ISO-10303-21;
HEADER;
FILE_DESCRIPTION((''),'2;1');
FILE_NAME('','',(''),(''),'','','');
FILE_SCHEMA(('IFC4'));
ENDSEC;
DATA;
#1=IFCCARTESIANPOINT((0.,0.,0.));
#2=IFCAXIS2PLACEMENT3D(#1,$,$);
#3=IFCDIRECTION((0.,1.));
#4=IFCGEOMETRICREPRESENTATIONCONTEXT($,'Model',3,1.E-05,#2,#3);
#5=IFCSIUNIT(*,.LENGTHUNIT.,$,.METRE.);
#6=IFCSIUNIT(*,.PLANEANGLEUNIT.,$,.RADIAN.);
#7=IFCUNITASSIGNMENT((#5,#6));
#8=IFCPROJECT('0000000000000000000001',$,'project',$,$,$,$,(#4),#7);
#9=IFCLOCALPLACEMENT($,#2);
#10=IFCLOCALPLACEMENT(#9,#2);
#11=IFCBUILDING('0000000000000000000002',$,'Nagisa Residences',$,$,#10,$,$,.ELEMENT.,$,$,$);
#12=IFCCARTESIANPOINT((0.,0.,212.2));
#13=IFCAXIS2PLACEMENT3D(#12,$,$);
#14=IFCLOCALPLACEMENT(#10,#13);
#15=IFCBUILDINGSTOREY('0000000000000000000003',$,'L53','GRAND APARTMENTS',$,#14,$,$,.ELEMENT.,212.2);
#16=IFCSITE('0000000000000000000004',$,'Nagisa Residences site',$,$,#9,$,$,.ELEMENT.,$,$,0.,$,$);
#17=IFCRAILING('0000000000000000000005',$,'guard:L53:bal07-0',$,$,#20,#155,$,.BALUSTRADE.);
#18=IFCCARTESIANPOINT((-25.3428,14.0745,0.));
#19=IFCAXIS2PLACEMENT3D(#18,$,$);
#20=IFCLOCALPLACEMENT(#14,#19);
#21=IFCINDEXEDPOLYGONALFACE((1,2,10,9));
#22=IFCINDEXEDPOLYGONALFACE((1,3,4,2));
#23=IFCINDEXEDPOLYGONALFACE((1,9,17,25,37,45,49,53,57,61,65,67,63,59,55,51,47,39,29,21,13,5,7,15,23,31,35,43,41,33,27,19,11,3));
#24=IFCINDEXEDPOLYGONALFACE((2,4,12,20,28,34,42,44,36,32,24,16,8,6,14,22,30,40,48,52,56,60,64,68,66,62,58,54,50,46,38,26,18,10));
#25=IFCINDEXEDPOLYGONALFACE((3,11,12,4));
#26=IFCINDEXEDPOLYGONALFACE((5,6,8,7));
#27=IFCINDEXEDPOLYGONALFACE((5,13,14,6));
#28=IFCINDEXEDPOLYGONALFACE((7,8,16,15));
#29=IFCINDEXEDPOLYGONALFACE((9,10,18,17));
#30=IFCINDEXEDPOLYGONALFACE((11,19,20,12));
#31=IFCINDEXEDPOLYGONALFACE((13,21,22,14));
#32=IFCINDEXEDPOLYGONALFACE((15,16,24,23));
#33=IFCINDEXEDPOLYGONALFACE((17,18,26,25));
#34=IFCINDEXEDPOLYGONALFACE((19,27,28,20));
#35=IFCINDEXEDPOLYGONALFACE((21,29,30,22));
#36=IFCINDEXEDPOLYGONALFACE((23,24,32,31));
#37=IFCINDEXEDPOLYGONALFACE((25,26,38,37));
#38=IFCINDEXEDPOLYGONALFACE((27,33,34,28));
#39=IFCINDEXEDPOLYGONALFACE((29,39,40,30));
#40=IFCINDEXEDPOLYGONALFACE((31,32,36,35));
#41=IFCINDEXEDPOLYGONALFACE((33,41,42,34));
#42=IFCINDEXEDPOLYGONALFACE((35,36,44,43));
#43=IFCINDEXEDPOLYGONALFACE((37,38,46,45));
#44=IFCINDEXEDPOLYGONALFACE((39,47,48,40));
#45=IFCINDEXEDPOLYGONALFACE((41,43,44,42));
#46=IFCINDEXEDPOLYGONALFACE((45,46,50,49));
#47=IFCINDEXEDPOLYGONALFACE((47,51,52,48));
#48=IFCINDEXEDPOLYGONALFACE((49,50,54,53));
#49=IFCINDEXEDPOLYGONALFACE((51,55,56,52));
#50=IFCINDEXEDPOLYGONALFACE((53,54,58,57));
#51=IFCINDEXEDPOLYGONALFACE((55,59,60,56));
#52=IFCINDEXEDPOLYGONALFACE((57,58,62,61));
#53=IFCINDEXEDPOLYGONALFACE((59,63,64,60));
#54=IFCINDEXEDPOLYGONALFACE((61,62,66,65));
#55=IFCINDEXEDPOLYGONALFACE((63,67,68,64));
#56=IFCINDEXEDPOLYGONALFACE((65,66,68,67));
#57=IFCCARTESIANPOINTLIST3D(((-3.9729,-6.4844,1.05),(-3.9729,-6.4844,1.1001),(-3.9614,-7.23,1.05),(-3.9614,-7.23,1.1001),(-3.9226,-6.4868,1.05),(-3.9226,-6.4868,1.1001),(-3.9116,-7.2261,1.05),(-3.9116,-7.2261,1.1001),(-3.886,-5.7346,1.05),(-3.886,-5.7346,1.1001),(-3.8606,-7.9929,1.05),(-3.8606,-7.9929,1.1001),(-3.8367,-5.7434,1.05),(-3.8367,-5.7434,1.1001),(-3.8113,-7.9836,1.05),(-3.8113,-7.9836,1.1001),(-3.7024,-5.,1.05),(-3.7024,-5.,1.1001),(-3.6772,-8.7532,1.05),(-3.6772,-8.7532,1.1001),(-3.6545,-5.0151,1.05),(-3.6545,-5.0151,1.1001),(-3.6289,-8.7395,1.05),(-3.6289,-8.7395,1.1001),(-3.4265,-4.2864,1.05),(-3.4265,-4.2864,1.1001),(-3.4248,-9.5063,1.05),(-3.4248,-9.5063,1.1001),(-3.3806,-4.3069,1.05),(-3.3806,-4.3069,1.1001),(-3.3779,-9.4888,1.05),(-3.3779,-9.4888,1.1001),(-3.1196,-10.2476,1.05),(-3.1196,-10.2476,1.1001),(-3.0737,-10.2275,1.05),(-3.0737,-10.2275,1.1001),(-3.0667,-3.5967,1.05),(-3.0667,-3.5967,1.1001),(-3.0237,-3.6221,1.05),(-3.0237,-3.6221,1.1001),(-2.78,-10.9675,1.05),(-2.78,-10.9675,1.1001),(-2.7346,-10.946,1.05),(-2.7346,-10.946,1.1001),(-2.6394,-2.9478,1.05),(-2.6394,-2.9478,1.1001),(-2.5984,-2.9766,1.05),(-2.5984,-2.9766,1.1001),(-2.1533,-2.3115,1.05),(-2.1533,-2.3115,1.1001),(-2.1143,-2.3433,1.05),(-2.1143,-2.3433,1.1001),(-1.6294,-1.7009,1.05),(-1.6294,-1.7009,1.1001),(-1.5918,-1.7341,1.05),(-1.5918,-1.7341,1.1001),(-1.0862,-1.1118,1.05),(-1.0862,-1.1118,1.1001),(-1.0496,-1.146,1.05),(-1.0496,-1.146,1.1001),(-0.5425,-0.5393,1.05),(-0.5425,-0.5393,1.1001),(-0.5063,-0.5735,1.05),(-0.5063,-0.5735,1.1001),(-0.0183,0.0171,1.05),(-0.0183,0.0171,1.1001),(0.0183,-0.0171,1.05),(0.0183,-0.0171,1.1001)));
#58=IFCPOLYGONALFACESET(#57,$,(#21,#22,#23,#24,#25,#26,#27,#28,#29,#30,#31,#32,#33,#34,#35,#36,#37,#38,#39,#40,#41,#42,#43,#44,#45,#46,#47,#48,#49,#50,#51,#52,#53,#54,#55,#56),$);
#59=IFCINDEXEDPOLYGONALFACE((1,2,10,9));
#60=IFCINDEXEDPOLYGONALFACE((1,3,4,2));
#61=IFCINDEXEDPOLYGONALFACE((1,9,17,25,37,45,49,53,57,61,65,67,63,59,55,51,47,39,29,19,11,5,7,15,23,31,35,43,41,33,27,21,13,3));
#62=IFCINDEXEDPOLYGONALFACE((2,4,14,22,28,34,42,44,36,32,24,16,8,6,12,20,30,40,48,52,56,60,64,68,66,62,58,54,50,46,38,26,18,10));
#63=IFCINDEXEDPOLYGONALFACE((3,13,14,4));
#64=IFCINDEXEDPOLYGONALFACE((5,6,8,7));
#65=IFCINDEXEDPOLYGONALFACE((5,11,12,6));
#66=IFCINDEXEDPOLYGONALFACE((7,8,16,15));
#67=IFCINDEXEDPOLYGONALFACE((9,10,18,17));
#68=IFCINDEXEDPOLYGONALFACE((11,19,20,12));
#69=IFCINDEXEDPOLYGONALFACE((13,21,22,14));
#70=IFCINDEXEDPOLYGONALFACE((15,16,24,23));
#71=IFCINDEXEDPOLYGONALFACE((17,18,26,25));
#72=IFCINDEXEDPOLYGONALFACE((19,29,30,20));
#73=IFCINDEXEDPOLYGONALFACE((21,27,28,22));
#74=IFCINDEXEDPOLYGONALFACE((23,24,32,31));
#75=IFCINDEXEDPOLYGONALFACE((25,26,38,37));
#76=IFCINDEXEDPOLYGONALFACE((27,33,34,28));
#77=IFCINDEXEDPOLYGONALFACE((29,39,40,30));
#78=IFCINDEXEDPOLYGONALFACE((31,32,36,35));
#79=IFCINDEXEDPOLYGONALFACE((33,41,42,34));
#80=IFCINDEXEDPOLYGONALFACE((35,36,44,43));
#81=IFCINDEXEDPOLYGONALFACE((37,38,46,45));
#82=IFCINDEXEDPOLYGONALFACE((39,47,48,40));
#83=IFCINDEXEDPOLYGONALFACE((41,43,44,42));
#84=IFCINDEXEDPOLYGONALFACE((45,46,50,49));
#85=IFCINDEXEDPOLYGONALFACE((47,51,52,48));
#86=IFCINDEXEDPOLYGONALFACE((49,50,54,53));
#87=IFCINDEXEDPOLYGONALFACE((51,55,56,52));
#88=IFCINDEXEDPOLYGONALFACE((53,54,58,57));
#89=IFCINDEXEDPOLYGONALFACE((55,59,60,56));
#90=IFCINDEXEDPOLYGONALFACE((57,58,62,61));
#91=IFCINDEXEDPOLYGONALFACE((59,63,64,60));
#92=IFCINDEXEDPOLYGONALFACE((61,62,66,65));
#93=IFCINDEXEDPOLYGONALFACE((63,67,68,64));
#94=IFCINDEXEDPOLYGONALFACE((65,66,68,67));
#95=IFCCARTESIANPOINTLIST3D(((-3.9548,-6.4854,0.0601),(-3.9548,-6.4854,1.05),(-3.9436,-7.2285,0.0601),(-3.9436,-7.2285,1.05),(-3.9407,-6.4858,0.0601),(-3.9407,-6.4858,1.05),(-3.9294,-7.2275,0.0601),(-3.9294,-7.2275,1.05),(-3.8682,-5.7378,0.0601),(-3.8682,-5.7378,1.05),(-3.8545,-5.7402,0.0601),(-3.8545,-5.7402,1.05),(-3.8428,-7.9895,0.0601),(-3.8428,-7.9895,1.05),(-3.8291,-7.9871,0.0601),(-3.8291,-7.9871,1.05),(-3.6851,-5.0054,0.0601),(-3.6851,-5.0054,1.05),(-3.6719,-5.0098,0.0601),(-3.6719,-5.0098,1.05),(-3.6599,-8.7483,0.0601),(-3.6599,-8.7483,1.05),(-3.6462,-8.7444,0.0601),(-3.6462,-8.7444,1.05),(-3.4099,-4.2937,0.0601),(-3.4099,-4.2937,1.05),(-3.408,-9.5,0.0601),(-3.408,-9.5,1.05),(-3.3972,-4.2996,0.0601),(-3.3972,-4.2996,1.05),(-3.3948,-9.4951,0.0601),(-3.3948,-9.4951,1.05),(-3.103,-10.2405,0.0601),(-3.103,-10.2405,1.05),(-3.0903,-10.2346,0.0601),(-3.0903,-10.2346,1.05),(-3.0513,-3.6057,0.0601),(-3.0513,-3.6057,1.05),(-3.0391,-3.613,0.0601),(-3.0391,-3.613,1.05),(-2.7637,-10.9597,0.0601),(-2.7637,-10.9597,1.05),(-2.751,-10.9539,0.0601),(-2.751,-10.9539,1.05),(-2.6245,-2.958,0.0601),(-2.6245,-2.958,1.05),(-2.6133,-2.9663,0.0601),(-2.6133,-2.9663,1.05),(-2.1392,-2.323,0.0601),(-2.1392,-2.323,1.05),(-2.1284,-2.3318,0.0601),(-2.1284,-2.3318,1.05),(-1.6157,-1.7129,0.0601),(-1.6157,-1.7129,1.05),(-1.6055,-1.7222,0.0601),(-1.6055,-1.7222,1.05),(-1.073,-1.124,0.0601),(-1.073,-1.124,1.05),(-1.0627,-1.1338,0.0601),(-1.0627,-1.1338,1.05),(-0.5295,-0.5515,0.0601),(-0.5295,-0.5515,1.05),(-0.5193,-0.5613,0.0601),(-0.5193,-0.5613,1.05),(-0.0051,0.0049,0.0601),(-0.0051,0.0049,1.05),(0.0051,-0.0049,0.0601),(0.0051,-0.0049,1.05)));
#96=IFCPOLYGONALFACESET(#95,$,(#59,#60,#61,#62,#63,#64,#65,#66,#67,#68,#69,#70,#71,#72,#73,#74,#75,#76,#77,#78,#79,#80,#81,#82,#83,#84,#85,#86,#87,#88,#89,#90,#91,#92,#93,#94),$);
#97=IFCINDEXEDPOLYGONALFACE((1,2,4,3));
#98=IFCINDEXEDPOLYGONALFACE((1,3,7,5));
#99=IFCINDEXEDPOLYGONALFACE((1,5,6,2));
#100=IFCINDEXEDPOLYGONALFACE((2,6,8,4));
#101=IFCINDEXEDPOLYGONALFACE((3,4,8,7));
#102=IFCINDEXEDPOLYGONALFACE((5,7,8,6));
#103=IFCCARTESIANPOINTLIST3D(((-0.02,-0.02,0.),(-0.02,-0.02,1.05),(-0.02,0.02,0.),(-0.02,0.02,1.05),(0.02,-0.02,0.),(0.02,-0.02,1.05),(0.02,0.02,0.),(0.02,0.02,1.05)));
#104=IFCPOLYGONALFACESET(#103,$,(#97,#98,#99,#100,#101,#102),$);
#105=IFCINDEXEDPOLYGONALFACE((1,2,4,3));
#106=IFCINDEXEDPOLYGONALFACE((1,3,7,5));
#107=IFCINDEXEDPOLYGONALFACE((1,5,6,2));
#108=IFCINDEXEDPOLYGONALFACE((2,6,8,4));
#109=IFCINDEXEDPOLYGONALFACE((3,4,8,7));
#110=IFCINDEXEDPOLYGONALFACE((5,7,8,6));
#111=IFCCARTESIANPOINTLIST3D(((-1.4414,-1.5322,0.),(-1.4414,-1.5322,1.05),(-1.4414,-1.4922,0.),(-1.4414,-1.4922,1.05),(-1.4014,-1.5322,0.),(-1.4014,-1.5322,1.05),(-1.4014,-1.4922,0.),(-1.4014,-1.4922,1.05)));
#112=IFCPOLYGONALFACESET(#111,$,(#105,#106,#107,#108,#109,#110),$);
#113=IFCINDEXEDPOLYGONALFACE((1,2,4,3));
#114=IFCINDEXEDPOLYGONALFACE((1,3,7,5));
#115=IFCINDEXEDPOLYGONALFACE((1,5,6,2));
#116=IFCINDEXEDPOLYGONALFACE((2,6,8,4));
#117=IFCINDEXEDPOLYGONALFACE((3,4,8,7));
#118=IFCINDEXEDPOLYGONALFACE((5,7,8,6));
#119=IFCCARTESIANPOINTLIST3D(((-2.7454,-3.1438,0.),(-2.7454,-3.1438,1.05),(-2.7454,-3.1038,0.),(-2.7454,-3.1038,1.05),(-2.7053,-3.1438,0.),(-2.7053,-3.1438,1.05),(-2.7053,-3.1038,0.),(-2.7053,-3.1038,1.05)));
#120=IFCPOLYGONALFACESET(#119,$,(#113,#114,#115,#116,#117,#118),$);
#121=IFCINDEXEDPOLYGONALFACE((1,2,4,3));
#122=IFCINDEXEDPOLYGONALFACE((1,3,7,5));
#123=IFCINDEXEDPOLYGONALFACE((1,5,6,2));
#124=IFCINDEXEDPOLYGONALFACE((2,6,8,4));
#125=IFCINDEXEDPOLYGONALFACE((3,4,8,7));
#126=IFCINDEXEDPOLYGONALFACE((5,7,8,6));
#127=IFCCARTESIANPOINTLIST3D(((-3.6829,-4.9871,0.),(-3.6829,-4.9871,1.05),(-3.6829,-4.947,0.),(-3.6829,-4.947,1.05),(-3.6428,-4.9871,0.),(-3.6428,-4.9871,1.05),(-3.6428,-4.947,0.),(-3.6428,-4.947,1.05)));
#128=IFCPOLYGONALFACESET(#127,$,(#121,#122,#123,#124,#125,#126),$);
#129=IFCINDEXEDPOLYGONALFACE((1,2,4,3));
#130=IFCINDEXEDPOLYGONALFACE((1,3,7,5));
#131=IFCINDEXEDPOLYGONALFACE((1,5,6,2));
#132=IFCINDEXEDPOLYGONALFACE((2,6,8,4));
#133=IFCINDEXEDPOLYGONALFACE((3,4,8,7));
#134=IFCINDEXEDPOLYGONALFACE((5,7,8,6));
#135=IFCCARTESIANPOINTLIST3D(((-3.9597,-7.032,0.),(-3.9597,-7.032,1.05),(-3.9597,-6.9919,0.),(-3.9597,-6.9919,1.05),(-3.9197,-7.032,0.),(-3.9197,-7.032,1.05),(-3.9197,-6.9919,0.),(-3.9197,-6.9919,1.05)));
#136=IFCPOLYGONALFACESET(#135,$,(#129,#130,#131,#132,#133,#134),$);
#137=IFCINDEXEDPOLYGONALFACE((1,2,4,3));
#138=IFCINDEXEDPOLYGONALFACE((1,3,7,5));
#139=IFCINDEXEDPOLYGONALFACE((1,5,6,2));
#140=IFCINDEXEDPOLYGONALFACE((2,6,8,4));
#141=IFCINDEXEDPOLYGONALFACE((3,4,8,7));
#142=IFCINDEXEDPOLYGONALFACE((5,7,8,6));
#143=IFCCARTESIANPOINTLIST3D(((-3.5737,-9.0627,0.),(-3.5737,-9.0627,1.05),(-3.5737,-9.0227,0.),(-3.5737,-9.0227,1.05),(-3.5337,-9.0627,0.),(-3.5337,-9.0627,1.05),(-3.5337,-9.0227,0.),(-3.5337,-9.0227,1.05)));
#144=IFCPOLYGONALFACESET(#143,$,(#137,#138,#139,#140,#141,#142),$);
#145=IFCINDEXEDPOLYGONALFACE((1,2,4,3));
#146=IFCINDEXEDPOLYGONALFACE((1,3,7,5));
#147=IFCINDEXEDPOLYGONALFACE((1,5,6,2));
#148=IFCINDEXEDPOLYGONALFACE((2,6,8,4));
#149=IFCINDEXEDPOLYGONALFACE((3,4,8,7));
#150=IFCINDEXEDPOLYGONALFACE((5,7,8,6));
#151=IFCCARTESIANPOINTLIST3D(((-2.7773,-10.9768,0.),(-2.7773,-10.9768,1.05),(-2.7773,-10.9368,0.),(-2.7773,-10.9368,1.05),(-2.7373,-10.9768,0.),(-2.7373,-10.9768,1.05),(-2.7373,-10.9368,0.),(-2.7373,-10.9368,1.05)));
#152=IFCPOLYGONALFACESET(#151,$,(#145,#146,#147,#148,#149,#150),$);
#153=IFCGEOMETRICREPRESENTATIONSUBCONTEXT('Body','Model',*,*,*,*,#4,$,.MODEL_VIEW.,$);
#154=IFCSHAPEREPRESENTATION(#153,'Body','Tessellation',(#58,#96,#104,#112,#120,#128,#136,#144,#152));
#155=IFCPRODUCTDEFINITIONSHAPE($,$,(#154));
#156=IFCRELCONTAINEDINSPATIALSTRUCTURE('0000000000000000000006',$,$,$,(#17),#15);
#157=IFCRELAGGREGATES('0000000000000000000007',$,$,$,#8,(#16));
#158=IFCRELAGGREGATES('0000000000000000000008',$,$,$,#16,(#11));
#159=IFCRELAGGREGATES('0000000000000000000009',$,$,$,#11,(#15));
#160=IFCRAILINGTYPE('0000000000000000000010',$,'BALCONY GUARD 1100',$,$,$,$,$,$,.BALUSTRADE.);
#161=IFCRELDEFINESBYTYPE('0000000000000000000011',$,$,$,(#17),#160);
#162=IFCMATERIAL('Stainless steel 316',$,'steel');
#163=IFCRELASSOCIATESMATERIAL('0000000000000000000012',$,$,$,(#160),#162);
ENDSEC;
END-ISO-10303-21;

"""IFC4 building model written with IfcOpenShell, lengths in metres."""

from ifc_helpers import new_model, si_unit, direction, frame, origin, origin_2d, place, context, subcontext, project, spatial, polyline, rectangle, outline, extrude, material, type_object, element, save


model = new_model("IFC4")

# Units and contexts
model_context = context("Model", 3, precision=1e-05, world=origin(), true_north=direction((0.0, 1.0)))
body_context = subcontext(model_context, "Body", "Model", "MODEL_VIEW")
ifc_project = project(units=[si_unit("LENGTHUNIT", "METRE"), si_unit("PLANEANGLEUNIT", "RADIAN")], contexts=[model_context])

# Site, building, storey
site_placement = place(None, origin())
site = spatial("IfcSite", under=ifc_project, at=site_placement, Name="Nagisa Residences site", CompositionType="ELEMENT", RefElevation=0.0)
building_placement = place(site_placement, origin())
building = spatial("IfcBuilding", under=site, at=building_placement, Name="Nagisa Residences", CompositionType="ELEMENT")
storey_placement = place(building_placement, frame((0.0, 0.0, 212.2)))
storey = spatial("IfcBuildingStorey", under=building, at=storey_placement, Name="L53", Description="GRAND APARTMENTS", CompositionType="ELEMENT", Elevation=212.2)

# Railing
ifc_material_1 = material(Name="Stainless steel 316", Category="steel")
railing_type = type_object("IfcRailingType", Name="BALCONY GUARD 1100", PredefinedType="BALUSTRADE", material=ifc_material_1)
railing_1_placement = place(storey_placement, frame((-25.3428, 14.0745, 0.0)))
element("IfcRailing", 1, at=railing_1_placement, inside=storey, type_object=railing_type, Name="guard:L53:bal07-0", PredefinedType="BALUSTRADE", context=body_context, shape_type="SweptSolid", body=[
    extrude(outline(polyline([(-0.5063, -0.5735), (0.0183, -0.0171), (-0.0183, 0.0171), (-0.5425, -0.5393), (-1.0862, -1.1118), (-1.6294, -1.7009), (-2.1533, -2.3115), (-2.6394, -2.9478), (-3.0667, -3.5967), (-3.4265, -4.2864), (-3.7024, -5.0), (-3.886, -5.7346), (-3.9729, -6.4844), (-3.9614, -7.23), (-3.8606, -7.9929), (-3.6772, -8.7532), (-3.4248, -9.5063), (-3.1196, -10.2476), (-2.78, -10.9675), (-2.7346, -10.946), (-3.0737, -10.2275), (-3.3779, -9.4888), (-3.6289, -8.7395), (-3.8113, -7.9836), (-3.9116, -7.2261), (-3.9226, -6.4868), (-3.8367, -5.7434), (-3.6545, -5.0151), (-3.3806, -4.3069), (-3.0237, -3.6221), (-2.5984, -2.9766), (-2.1143, -2.3433), (-1.5918, -1.7341), (-1.0496, -1.146), (-0.5063, -0.5735)])), frame((0.0, 0.0, 1.05)), (0.0, 0.0, 1.0), 0.05),
    extrude(outline(polyline([(-0.5193, -0.5613), (0.0051, -0.0049), (-0.0051, 0.0049), (-0.5295, -0.5515), (-1.073, -1.124), (-1.6157, -1.7129), (-2.1392, -2.323), (-2.6245, -2.958), (-3.0513, -3.6057), (-3.4099, -4.2937), (-3.6851, -5.0054), (-3.8682, -5.7378), (-3.9548, -6.4854), (-3.9436, -7.2285), (-3.8428, -7.9895), (-3.6599, -8.7483), (-3.408, -9.5), (-3.103, -10.2405), (-2.7637, -10.9597), (-2.751, -10.9539), (-3.0903, -10.2346), (-3.3948, -9.4951), (-3.6462, -8.7444), (-3.8291, -7.9871), (-3.9294, -7.2275), (-3.9407, -6.4858), (-3.8545, -5.7402), (-3.6719, -5.0098), (-3.3972, -4.2996), (-3.0391, -3.613), (-2.6133, -2.9663), (-2.1284, -2.3318), (-1.6055, -1.7222), (-1.0627, -1.1338), (-0.5193, -0.5613)])), frame((0.0, 0.0, 0.0601)), (0.0, 0.0, 1.0), 0.99),
    extrude(rectangle(XDim=0.04, YDim=0.04, at=origin_2d()), origin(), (0.0, 0.0, 1.0), 1.05),
    extrude(rectangle(XDim=0.04, YDim=0.04, at=origin_2d()), frame((-1.4214, -1.5122, 0.0)), (0.0, 0.0, 1.0), 1.05),
    extrude(rectangle(XDim=0.04, YDim=0.04, at=origin_2d()), frame((-2.7253, -3.1238, 0.0)), (0.0, 0.0, 1.0), 1.05),
    extrude(rectangle(XDim=0.04, YDim=0.04, at=origin_2d()), frame((-3.6628, -4.967, 0.0)), (0.0, 0.0, 1.0), 1.05),
    extrude(rectangle(XDim=0.04, YDim=0.04, at=origin_2d()), frame((-3.9397, -7.012, 0.0)), (0.0, 0.0, 1.0), 1.05),
    extrude(rectangle(XDim=0.04, YDim=0.04, at=origin_2d()), frame((-3.5537, -9.0427, 0.0)), (0.0, 0.0, 1.0), 1.05),
    extrude(rectangle(XDim=0.04, YDim=0.04, at=origin_2d()), frame((-2.7573, -10.9568, 0.0)), (0.0, 0.0, 1.0), 1.05),
])

save(model, "model.ifc")
